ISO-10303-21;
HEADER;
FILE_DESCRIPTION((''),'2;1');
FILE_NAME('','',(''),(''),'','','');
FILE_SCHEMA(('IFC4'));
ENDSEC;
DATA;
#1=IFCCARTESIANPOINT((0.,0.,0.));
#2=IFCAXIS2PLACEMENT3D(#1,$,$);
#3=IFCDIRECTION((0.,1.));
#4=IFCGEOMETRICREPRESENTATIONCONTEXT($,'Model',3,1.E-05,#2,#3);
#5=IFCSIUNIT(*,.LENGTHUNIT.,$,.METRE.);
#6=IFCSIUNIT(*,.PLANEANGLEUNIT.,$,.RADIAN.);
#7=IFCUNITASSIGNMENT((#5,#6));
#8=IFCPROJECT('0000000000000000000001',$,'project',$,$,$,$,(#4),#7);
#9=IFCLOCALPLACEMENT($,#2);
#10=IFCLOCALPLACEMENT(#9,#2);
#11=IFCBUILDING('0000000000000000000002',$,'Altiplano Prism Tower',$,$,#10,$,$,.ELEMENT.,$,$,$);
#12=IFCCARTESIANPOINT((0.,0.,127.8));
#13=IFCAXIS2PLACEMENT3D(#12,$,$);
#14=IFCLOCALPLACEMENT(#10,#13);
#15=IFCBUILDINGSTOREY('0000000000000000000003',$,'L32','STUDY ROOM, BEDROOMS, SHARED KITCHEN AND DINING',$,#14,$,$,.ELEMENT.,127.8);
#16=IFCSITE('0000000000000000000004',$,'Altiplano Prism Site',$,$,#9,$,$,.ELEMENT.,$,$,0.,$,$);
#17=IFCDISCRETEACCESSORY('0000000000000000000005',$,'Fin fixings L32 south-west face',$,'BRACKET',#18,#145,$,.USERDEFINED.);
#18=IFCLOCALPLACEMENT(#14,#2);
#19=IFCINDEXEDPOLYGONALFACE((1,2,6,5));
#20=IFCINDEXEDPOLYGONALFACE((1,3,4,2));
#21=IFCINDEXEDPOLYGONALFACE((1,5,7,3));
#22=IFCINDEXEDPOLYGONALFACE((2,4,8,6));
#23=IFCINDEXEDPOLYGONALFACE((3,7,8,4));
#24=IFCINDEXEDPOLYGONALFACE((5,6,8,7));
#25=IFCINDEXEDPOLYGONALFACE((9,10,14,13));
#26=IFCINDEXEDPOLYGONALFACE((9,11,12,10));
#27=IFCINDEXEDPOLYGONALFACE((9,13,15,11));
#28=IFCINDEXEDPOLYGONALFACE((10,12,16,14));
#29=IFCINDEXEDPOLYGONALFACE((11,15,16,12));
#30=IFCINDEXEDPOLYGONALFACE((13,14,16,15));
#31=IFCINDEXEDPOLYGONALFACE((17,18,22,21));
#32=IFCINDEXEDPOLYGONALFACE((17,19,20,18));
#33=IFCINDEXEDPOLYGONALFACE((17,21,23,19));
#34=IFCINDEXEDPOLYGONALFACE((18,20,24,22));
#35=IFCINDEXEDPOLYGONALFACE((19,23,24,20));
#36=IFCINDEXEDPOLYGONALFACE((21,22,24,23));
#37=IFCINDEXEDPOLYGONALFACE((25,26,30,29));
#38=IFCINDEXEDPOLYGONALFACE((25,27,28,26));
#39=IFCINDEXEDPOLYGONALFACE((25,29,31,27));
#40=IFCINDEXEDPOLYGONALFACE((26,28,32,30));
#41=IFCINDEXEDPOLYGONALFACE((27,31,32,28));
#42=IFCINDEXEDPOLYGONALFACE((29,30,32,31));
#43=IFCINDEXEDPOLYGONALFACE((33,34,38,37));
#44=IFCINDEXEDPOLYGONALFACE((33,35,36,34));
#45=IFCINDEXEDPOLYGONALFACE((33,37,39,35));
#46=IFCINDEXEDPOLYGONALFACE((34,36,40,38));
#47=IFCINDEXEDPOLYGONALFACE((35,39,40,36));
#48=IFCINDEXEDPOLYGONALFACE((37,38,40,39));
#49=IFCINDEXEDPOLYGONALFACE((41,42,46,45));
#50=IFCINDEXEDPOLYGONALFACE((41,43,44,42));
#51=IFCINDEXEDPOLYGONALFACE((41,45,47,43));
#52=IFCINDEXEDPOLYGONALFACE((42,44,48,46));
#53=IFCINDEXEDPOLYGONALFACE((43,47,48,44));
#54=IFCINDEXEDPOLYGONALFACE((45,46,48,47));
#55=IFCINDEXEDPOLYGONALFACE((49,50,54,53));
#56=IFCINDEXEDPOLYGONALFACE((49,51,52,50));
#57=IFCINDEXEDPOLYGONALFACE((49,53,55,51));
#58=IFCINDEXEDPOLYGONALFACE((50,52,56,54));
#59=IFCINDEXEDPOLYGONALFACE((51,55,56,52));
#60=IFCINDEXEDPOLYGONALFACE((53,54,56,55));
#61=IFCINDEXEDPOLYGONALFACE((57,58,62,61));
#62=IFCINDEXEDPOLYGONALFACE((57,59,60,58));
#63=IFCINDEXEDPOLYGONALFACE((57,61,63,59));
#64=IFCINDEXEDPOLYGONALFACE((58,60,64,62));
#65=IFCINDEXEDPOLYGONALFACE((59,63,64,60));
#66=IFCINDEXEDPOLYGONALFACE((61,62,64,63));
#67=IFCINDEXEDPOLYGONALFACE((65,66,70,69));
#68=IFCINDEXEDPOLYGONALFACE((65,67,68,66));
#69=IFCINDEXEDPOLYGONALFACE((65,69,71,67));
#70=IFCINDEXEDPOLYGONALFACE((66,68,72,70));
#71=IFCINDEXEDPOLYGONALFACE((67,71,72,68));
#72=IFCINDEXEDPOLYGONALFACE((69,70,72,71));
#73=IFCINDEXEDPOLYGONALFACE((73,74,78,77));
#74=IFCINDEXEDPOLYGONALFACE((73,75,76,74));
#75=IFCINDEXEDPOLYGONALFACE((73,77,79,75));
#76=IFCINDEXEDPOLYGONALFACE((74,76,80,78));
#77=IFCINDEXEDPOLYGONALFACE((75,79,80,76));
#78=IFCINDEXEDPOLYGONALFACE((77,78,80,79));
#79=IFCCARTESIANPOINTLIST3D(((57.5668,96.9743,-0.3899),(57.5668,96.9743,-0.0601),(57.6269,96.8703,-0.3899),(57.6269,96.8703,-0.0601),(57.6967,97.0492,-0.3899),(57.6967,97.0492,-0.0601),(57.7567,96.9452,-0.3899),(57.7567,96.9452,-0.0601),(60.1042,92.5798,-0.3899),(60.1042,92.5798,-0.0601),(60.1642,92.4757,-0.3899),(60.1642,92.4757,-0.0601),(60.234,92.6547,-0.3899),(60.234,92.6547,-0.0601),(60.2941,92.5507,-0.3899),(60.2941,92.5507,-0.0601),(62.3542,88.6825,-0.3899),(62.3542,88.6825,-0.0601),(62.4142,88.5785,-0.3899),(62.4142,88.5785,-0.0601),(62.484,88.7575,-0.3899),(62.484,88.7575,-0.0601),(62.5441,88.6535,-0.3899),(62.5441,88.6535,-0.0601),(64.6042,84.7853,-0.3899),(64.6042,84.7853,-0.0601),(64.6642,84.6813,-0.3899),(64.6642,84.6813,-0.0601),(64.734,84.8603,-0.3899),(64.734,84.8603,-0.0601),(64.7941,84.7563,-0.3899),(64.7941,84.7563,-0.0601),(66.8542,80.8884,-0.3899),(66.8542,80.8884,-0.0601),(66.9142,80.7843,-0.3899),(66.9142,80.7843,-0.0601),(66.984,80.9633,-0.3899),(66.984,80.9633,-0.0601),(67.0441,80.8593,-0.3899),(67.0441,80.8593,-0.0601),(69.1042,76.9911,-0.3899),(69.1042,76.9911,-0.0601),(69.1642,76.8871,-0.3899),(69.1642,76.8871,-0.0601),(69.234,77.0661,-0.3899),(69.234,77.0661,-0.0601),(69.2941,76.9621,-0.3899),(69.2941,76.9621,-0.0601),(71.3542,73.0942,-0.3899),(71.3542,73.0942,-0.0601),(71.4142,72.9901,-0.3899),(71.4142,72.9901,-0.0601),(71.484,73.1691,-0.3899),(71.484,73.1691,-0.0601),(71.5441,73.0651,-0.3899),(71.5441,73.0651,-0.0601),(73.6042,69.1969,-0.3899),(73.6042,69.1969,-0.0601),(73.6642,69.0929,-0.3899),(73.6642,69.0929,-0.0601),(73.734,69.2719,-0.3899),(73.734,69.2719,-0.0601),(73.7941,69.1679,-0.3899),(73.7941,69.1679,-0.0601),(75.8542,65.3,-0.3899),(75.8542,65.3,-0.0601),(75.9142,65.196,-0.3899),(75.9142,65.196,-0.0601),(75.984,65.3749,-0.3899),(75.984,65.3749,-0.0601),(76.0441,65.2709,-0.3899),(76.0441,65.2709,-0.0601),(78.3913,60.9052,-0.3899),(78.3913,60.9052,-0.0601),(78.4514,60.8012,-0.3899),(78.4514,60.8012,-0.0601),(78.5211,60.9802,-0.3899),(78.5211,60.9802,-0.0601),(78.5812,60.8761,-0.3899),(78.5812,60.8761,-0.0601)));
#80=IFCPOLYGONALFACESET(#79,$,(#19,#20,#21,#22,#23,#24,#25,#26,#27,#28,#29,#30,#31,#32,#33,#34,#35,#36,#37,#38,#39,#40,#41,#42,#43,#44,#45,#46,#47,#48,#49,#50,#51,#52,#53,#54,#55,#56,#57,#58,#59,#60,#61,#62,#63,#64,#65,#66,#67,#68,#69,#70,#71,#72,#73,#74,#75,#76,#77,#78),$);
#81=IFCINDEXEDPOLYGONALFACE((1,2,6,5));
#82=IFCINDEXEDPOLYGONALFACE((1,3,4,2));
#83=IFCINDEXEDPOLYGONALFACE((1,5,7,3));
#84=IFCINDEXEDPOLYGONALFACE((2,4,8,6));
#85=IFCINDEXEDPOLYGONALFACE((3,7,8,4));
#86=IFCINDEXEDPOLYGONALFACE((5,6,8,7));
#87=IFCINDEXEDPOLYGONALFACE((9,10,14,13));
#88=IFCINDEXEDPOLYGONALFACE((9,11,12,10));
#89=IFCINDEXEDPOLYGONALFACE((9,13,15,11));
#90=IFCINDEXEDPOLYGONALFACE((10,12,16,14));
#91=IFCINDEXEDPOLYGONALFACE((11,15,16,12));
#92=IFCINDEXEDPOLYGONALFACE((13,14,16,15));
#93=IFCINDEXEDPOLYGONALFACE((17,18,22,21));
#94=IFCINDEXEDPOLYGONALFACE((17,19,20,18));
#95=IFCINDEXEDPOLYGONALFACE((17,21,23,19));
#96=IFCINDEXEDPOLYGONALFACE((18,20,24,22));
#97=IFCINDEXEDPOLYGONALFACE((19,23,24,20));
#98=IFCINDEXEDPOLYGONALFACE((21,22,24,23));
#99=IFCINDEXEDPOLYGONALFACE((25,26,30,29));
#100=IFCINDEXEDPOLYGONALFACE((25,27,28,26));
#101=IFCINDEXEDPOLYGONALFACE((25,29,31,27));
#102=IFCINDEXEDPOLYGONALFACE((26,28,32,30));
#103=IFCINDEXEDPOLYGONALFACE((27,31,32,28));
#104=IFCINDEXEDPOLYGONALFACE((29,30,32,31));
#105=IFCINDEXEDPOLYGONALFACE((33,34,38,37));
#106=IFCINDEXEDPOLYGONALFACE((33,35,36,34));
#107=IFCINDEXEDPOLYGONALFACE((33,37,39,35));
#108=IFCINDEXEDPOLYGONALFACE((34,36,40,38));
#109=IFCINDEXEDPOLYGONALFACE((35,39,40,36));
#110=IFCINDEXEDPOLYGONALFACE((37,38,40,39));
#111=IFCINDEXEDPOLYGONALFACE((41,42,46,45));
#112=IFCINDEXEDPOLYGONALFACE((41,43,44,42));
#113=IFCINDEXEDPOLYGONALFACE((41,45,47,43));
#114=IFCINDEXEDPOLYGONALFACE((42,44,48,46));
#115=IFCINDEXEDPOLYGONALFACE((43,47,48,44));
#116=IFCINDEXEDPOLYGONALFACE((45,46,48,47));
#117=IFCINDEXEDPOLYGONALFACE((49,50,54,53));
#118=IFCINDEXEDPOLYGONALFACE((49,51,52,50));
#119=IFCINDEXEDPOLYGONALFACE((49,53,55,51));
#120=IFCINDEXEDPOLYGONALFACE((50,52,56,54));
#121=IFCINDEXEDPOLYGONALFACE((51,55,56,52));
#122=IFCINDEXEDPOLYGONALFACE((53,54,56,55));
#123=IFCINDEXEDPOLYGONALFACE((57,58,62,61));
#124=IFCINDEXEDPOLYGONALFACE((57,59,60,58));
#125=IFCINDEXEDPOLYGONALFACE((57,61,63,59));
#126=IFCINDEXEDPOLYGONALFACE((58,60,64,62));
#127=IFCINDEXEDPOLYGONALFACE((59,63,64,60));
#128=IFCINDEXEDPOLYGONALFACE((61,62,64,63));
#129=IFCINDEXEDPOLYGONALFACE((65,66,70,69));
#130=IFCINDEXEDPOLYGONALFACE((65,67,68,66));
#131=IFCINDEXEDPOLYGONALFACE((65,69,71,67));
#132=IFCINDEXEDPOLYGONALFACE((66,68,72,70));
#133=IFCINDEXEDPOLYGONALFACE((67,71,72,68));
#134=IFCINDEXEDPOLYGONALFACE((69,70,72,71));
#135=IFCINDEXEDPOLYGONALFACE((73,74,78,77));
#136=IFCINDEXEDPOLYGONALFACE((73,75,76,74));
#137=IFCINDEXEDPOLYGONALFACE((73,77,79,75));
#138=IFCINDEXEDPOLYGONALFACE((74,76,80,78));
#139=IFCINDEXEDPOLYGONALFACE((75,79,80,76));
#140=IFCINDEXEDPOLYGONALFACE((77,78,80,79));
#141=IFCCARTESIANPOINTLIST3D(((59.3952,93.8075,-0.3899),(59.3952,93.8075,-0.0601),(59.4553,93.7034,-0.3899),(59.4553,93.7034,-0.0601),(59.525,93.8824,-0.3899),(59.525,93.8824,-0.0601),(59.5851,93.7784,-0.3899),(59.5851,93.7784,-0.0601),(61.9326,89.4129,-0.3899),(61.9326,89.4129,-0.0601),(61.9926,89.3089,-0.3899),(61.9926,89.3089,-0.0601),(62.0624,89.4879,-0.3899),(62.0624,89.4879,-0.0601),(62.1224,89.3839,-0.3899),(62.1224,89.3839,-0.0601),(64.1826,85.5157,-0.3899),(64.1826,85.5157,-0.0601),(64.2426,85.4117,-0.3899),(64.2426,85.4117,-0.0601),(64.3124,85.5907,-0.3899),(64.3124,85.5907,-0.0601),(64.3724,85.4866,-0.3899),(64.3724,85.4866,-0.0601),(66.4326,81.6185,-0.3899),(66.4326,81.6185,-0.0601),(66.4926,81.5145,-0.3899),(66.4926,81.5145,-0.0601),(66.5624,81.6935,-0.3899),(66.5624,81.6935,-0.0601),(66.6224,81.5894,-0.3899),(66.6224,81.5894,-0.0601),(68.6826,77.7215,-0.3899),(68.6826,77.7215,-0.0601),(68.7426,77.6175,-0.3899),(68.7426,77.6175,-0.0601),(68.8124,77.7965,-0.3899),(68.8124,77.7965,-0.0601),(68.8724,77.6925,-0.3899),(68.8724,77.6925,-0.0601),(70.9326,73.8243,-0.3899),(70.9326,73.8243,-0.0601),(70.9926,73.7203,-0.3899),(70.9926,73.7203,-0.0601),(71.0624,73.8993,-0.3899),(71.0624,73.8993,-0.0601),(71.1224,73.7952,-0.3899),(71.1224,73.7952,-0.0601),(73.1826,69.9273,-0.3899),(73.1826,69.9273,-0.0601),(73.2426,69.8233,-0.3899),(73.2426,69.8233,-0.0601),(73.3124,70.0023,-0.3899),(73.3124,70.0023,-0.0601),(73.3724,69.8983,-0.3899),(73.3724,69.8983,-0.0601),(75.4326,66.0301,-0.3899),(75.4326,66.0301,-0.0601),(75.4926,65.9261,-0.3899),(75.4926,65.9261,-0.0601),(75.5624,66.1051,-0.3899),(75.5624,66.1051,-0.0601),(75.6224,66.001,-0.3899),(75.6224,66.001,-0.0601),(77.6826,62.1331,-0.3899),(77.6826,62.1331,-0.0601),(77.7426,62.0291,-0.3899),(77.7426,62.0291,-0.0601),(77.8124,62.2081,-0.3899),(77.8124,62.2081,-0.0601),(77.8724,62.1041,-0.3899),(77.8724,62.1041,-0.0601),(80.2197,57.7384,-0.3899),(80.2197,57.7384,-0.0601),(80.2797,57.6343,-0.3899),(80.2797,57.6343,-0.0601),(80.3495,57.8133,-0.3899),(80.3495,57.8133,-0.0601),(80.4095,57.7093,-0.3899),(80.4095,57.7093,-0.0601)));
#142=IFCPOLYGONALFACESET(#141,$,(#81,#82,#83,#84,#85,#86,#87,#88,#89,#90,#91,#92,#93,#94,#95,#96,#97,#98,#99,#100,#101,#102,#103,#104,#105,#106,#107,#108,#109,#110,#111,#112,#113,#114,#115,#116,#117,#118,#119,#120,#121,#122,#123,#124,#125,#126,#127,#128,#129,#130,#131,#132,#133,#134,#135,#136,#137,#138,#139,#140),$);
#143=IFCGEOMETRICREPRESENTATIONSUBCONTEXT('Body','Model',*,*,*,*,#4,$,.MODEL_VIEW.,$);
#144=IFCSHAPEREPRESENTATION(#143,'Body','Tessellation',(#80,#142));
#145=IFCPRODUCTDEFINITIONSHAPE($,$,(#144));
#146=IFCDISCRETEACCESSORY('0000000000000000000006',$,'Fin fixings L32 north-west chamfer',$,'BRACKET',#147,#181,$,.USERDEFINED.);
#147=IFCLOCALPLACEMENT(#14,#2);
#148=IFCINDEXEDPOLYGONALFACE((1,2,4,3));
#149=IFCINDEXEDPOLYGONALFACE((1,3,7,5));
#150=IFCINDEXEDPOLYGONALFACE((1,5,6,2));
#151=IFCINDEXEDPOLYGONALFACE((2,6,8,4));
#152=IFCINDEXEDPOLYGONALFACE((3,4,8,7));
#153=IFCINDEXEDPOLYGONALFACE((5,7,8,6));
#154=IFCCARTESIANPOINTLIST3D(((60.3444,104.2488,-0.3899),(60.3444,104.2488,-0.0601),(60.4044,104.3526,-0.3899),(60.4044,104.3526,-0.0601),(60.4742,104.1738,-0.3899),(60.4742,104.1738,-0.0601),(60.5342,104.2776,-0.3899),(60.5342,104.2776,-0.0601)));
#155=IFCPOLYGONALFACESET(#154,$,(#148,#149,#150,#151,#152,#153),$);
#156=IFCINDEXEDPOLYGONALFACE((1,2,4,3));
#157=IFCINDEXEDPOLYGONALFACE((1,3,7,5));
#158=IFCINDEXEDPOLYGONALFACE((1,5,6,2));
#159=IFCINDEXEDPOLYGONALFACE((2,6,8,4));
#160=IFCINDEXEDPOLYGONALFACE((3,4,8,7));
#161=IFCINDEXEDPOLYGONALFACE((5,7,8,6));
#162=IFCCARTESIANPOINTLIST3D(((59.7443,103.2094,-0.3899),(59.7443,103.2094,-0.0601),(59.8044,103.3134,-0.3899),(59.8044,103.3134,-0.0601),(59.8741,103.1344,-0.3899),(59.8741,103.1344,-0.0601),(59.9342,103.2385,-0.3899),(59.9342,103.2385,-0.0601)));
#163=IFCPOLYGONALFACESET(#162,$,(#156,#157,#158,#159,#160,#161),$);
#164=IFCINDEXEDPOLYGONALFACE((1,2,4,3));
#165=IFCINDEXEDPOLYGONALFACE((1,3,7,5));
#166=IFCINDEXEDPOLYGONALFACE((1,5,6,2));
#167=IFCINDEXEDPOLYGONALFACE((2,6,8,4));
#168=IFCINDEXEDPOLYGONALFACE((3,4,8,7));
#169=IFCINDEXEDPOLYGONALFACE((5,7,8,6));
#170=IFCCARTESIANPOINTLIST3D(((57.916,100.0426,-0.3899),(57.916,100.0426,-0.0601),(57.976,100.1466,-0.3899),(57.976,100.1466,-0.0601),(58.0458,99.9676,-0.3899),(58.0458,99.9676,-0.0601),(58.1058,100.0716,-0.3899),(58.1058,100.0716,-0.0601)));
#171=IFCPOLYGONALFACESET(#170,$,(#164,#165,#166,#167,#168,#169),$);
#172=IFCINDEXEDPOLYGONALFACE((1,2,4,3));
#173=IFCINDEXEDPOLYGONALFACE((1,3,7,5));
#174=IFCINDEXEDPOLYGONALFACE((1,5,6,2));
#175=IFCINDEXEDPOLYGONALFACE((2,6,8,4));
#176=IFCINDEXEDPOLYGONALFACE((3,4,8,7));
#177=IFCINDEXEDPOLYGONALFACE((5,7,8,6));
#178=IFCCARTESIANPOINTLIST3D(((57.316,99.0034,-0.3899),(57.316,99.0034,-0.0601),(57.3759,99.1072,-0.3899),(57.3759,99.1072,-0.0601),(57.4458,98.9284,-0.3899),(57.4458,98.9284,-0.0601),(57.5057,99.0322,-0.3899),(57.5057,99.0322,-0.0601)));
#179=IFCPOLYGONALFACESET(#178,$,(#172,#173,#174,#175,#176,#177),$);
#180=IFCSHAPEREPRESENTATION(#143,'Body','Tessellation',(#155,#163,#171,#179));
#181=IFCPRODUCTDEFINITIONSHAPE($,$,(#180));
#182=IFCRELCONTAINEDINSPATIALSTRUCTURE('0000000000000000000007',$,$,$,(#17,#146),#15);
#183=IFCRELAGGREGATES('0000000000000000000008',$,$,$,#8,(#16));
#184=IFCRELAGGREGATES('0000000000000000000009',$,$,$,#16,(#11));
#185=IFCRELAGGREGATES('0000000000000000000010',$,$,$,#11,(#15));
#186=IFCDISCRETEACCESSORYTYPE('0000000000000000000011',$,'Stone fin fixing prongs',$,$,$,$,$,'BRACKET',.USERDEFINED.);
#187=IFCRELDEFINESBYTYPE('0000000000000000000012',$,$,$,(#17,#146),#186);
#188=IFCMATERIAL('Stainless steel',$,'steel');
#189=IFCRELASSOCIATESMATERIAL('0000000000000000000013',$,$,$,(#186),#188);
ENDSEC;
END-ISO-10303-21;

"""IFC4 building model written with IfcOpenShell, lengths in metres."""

from ifc_helpers import new_model, si_unit, direction, frame, origin, place, context, subcontext, project, spatial, polyline, outline, extrude, source, transform, mapped, material, type_object, element, save


model = new_model("IFC4")

# Units and contexts
model_context = context("Model", 3, precision=1e-05, world=origin(), true_north=direction((0.0, 1.0)))
body_context = subcontext(model_context, "Body", "Model", "MODEL_VIEW")
ifc_project = project(units=[si_unit("LENGTHUNIT", "METRE"), si_unit("PLANEANGLEUNIT", "RADIAN")], contexts=[model_context])

# Site, building, storey
site_placement = place(None, origin())
site = spatial("IfcSite", under=ifc_project, at=site_placement, Name="Altiplano Prism Site", CompositionType="ELEMENT", RefElevation=0.0)
building_placement = place(site_placement, origin())
building = spatial("IfcBuilding", under=site, at=building_placement, Name="Altiplano Prism Tower", CompositionType="ELEMENT")
storey_placement = place(building_placement, frame((0.0, 0.0, 127.8)))
storey = spatial("IfcBuildingStorey", under=building, at=storey_placement, Name="L32", Description="STUDY ROOM, BEDROOMS, SHARED KITCHEN AND DINING", CompositionType="ELEMENT", Elevation=127.8)

# Discrete accessories
ifc_material_1 = material(Name="Stainless steel", Category="steel")
discrete_accessory_type = type_object("IfcDiscreteAccessoryType", Name="Stone fin fixing prongs", ElementType="BRACKET", PredefinedType="USERDEFINED", material=ifc_material_1)
shared_shape_1 = source(origin(), body_context, "Body", "SweptSolid", [
    extrude(outline(polyline([(-1.8884, 0.0601), (-1.7683, 0.0601), (-1.7683, 0.3899), (-1.8884, 0.3899), (-1.8884, 0.0601)])), frame((0.0, 0.0, 0.0), z_axis=(0.0, -1.0, 0.0), x_axis=(1.0, 0.0, 0.0)), (0.0, 0.0, 1.0), 0.1499),
    extrude(outline(polyline([(1.7683, 0.0601), (1.8884, 0.0601), (1.8884, 0.3899), (1.7683, 0.3899), (1.7683, 0.0601)])), frame((0.0, 0.0, 0.0), z_axis=(0.0, -1.0, 0.0), x_axis=(1.0, 0.0, 0.0)), (0.0, 0.0, 1.0), 0.1499),
])
shared_shape_2 = source(origin(), body_context, "Body", "SweptSolid", [
    extrude(outline(polyline([(-1.8884, 0.0601), (-1.7683, 0.0601), (-1.7683, 0.3899), (-1.8884, 0.3899), (-1.8884, 0.0601)])), frame((0.0, 0.0, 0.0), z_axis=(0.0, -1.0, 0.0), x_axis=(1.0, 0.0, 0.0)), (0.0, 0.0, 1.0), 0.1499),
    extrude(outline(polyline([(1.7683, 0.0601), (1.8884, 0.0601), (1.8884, 0.3899), (1.7683, 0.3899), (1.7683, 0.0601)])), frame((0.0, 0.0, 0.0), z_axis=(0.0, -1.0, 0.0), x_axis=(1.0, 0.0, 0.0)), (0.0, 0.0, 1.0), 0.1499),
])
discrete_accessory_1_placement = place(storey_placement, origin())
element("IfcDiscreteAccessory", 1, at=discrete_accessory_1_placement, inside=storey, type_object=discrete_accessory_type, Name="Fin fixings L32 south-west face", ObjectType="BRACKET", PredefinedType="USERDEFINED", context=body_context, shape_type="MappedRepresentation", body=[
    mapped(shared_shape_1, transform((58.6409, 95.4138, -0.45), x_axis=(0.5, -0.866025, 0.0), y_axis=(0.866025, 0.5, 0.0), z_axis=(0.0, 0.0, 1.0))),
    mapped(shared_shape_2, transform((61.1782, 91.0193, -0.45), x_axis=(0.5, -0.866025, 0.0), y_axis=(0.866025, 0.5, 0.0), z_axis=(0.0, 0.0, 1.0))),
    mapped(shared_shape_2, transform((63.4282, 87.1221, -0.45), x_axis=(0.5, -0.866025, 0.0), y_axis=(0.866025, 0.5, 0.0), z_axis=(0.0, 0.0, 1.0))),
    mapped(shared_shape_2, transform((65.6782, 83.2249, -0.45), x_axis=(0.5, -0.866025, 0.0), y_axis=(0.866025, 0.5, 0.0), z_axis=(0.0, 0.0, 1.0))),
    mapped(shared_shape_2, transform((67.9282, 79.3279, -0.45), x_axis=(0.5, -0.866025, 0.0), y_axis=(0.866025, 0.5, 0.0), z_axis=(0.0, 0.0, 1.0))),
    mapped(shared_shape_2, transform((70.1782, 75.4307, -0.45), x_axis=(0.5, -0.866025, 0.0), y_axis=(0.866025, 0.5, 0.0), z_axis=(0.0, 0.0, 1.0))),
    mapped(shared_shape_2, transform((72.4282, 71.5337, -0.45), x_axis=(0.5, -0.866025, 0.0), y_axis=(0.866025, 0.5, 0.0), z_axis=(0.0, 0.0, 1.0))),
    mapped(shared_shape_2, transform((74.6782, 67.6365, -0.45), x_axis=(0.5, -0.866025, 0.0), y_axis=(0.866025, 0.5, 0.0), z_axis=(0.0, 0.0, 1.0))),
    mapped(shared_shape_2, transform((76.9282, 63.7395, -0.45), x_axis=(0.5, -0.866025, 0.0), y_axis=(0.866025, 0.5, 0.0), z_axis=(0.0, 0.0, 1.0))),
    mapped(shared_shape_1, transform((79.4653, 59.3447, -0.45), x_axis=(0.5, -0.866025, 0.0), y_axis=(0.866025, 0.5, 0.0), z_axis=(0.0, 0.0, 1.0))),
])
shared_shape_3 = source(origin(), body_context, "Body", "SweptSolid", [
    extrude(outline(polyline([(-3.0884, 0.0601), (-2.9685, 0.0601), (-2.9685, 0.3899), (-3.0884, 0.3899), (-3.0884, 0.0601)])), frame((0.0, 0.0, 0.0), z_axis=(0.0, -1.0, 0.0), x_axis=(1.0, 0.0, 0.0)), (0.0, 0.0, 1.0), 0.1499),
    extrude(outline(polyline([(-1.8884, 0.0601), (-1.7683, 0.0601), (-1.7683, 0.3899), (-1.8884, 0.3899), (-1.8884, 0.0601)])), frame((0.0, 0.0, 0.0), z_axis=(0.0, -1.0, 0.0), x_axis=(1.0, 0.0, 0.0)), (0.0, 0.0, 1.0), 0.1499),
    extrude(outline(polyline([(1.7683, 0.0601), (1.8884, 0.0601), (1.8884, 0.3899), (1.7683, 0.3899), (1.7683, 0.0601)])), frame((0.0, 0.0, 0.0), z_axis=(0.0, -1.0, 0.0), x_axis=(1.0, 0.0, 0.0)), (0.0, 0.0, 1.0), 0.1499),
    extrude(outline(polyline([(2.9685, 0.0601), (3.0884, 0.0601), (3.0884, 0.3899), (2.9685, 0.3899), (2.9685, 0.0601)])), frame((0.0, 0.0, 0.0), z_axis=(0.0, -1.0, 0.0), x_axis=(1.0, 0.0, 0.0)), (0.0, 0.0, 1.0), 0.1499),
])
discrete_accessory_2_placement = place(storey_placement, origin())
element("IfcDiscreteAccessory", 2, at=discrete_accessory_2_placement, inside=storey, type_object=discrete_accessory_type, Name="Fin fixings L32 north-west chamfer", ObjectType="BRACKET", PredefinedType="USERDEFINED", context=body_context, shape_type="MappedRepresentation", body=[
    mapped(shared_shape_3, transform((58.99, 101.603, -0.45), x_axis=(-0.5, -0.866025, 0.0), y_axis=(0.866025, -0.5, 0.0), z_axis=(0.0, 0.0, 1.0))),
])

save(model, "model.ifc")
